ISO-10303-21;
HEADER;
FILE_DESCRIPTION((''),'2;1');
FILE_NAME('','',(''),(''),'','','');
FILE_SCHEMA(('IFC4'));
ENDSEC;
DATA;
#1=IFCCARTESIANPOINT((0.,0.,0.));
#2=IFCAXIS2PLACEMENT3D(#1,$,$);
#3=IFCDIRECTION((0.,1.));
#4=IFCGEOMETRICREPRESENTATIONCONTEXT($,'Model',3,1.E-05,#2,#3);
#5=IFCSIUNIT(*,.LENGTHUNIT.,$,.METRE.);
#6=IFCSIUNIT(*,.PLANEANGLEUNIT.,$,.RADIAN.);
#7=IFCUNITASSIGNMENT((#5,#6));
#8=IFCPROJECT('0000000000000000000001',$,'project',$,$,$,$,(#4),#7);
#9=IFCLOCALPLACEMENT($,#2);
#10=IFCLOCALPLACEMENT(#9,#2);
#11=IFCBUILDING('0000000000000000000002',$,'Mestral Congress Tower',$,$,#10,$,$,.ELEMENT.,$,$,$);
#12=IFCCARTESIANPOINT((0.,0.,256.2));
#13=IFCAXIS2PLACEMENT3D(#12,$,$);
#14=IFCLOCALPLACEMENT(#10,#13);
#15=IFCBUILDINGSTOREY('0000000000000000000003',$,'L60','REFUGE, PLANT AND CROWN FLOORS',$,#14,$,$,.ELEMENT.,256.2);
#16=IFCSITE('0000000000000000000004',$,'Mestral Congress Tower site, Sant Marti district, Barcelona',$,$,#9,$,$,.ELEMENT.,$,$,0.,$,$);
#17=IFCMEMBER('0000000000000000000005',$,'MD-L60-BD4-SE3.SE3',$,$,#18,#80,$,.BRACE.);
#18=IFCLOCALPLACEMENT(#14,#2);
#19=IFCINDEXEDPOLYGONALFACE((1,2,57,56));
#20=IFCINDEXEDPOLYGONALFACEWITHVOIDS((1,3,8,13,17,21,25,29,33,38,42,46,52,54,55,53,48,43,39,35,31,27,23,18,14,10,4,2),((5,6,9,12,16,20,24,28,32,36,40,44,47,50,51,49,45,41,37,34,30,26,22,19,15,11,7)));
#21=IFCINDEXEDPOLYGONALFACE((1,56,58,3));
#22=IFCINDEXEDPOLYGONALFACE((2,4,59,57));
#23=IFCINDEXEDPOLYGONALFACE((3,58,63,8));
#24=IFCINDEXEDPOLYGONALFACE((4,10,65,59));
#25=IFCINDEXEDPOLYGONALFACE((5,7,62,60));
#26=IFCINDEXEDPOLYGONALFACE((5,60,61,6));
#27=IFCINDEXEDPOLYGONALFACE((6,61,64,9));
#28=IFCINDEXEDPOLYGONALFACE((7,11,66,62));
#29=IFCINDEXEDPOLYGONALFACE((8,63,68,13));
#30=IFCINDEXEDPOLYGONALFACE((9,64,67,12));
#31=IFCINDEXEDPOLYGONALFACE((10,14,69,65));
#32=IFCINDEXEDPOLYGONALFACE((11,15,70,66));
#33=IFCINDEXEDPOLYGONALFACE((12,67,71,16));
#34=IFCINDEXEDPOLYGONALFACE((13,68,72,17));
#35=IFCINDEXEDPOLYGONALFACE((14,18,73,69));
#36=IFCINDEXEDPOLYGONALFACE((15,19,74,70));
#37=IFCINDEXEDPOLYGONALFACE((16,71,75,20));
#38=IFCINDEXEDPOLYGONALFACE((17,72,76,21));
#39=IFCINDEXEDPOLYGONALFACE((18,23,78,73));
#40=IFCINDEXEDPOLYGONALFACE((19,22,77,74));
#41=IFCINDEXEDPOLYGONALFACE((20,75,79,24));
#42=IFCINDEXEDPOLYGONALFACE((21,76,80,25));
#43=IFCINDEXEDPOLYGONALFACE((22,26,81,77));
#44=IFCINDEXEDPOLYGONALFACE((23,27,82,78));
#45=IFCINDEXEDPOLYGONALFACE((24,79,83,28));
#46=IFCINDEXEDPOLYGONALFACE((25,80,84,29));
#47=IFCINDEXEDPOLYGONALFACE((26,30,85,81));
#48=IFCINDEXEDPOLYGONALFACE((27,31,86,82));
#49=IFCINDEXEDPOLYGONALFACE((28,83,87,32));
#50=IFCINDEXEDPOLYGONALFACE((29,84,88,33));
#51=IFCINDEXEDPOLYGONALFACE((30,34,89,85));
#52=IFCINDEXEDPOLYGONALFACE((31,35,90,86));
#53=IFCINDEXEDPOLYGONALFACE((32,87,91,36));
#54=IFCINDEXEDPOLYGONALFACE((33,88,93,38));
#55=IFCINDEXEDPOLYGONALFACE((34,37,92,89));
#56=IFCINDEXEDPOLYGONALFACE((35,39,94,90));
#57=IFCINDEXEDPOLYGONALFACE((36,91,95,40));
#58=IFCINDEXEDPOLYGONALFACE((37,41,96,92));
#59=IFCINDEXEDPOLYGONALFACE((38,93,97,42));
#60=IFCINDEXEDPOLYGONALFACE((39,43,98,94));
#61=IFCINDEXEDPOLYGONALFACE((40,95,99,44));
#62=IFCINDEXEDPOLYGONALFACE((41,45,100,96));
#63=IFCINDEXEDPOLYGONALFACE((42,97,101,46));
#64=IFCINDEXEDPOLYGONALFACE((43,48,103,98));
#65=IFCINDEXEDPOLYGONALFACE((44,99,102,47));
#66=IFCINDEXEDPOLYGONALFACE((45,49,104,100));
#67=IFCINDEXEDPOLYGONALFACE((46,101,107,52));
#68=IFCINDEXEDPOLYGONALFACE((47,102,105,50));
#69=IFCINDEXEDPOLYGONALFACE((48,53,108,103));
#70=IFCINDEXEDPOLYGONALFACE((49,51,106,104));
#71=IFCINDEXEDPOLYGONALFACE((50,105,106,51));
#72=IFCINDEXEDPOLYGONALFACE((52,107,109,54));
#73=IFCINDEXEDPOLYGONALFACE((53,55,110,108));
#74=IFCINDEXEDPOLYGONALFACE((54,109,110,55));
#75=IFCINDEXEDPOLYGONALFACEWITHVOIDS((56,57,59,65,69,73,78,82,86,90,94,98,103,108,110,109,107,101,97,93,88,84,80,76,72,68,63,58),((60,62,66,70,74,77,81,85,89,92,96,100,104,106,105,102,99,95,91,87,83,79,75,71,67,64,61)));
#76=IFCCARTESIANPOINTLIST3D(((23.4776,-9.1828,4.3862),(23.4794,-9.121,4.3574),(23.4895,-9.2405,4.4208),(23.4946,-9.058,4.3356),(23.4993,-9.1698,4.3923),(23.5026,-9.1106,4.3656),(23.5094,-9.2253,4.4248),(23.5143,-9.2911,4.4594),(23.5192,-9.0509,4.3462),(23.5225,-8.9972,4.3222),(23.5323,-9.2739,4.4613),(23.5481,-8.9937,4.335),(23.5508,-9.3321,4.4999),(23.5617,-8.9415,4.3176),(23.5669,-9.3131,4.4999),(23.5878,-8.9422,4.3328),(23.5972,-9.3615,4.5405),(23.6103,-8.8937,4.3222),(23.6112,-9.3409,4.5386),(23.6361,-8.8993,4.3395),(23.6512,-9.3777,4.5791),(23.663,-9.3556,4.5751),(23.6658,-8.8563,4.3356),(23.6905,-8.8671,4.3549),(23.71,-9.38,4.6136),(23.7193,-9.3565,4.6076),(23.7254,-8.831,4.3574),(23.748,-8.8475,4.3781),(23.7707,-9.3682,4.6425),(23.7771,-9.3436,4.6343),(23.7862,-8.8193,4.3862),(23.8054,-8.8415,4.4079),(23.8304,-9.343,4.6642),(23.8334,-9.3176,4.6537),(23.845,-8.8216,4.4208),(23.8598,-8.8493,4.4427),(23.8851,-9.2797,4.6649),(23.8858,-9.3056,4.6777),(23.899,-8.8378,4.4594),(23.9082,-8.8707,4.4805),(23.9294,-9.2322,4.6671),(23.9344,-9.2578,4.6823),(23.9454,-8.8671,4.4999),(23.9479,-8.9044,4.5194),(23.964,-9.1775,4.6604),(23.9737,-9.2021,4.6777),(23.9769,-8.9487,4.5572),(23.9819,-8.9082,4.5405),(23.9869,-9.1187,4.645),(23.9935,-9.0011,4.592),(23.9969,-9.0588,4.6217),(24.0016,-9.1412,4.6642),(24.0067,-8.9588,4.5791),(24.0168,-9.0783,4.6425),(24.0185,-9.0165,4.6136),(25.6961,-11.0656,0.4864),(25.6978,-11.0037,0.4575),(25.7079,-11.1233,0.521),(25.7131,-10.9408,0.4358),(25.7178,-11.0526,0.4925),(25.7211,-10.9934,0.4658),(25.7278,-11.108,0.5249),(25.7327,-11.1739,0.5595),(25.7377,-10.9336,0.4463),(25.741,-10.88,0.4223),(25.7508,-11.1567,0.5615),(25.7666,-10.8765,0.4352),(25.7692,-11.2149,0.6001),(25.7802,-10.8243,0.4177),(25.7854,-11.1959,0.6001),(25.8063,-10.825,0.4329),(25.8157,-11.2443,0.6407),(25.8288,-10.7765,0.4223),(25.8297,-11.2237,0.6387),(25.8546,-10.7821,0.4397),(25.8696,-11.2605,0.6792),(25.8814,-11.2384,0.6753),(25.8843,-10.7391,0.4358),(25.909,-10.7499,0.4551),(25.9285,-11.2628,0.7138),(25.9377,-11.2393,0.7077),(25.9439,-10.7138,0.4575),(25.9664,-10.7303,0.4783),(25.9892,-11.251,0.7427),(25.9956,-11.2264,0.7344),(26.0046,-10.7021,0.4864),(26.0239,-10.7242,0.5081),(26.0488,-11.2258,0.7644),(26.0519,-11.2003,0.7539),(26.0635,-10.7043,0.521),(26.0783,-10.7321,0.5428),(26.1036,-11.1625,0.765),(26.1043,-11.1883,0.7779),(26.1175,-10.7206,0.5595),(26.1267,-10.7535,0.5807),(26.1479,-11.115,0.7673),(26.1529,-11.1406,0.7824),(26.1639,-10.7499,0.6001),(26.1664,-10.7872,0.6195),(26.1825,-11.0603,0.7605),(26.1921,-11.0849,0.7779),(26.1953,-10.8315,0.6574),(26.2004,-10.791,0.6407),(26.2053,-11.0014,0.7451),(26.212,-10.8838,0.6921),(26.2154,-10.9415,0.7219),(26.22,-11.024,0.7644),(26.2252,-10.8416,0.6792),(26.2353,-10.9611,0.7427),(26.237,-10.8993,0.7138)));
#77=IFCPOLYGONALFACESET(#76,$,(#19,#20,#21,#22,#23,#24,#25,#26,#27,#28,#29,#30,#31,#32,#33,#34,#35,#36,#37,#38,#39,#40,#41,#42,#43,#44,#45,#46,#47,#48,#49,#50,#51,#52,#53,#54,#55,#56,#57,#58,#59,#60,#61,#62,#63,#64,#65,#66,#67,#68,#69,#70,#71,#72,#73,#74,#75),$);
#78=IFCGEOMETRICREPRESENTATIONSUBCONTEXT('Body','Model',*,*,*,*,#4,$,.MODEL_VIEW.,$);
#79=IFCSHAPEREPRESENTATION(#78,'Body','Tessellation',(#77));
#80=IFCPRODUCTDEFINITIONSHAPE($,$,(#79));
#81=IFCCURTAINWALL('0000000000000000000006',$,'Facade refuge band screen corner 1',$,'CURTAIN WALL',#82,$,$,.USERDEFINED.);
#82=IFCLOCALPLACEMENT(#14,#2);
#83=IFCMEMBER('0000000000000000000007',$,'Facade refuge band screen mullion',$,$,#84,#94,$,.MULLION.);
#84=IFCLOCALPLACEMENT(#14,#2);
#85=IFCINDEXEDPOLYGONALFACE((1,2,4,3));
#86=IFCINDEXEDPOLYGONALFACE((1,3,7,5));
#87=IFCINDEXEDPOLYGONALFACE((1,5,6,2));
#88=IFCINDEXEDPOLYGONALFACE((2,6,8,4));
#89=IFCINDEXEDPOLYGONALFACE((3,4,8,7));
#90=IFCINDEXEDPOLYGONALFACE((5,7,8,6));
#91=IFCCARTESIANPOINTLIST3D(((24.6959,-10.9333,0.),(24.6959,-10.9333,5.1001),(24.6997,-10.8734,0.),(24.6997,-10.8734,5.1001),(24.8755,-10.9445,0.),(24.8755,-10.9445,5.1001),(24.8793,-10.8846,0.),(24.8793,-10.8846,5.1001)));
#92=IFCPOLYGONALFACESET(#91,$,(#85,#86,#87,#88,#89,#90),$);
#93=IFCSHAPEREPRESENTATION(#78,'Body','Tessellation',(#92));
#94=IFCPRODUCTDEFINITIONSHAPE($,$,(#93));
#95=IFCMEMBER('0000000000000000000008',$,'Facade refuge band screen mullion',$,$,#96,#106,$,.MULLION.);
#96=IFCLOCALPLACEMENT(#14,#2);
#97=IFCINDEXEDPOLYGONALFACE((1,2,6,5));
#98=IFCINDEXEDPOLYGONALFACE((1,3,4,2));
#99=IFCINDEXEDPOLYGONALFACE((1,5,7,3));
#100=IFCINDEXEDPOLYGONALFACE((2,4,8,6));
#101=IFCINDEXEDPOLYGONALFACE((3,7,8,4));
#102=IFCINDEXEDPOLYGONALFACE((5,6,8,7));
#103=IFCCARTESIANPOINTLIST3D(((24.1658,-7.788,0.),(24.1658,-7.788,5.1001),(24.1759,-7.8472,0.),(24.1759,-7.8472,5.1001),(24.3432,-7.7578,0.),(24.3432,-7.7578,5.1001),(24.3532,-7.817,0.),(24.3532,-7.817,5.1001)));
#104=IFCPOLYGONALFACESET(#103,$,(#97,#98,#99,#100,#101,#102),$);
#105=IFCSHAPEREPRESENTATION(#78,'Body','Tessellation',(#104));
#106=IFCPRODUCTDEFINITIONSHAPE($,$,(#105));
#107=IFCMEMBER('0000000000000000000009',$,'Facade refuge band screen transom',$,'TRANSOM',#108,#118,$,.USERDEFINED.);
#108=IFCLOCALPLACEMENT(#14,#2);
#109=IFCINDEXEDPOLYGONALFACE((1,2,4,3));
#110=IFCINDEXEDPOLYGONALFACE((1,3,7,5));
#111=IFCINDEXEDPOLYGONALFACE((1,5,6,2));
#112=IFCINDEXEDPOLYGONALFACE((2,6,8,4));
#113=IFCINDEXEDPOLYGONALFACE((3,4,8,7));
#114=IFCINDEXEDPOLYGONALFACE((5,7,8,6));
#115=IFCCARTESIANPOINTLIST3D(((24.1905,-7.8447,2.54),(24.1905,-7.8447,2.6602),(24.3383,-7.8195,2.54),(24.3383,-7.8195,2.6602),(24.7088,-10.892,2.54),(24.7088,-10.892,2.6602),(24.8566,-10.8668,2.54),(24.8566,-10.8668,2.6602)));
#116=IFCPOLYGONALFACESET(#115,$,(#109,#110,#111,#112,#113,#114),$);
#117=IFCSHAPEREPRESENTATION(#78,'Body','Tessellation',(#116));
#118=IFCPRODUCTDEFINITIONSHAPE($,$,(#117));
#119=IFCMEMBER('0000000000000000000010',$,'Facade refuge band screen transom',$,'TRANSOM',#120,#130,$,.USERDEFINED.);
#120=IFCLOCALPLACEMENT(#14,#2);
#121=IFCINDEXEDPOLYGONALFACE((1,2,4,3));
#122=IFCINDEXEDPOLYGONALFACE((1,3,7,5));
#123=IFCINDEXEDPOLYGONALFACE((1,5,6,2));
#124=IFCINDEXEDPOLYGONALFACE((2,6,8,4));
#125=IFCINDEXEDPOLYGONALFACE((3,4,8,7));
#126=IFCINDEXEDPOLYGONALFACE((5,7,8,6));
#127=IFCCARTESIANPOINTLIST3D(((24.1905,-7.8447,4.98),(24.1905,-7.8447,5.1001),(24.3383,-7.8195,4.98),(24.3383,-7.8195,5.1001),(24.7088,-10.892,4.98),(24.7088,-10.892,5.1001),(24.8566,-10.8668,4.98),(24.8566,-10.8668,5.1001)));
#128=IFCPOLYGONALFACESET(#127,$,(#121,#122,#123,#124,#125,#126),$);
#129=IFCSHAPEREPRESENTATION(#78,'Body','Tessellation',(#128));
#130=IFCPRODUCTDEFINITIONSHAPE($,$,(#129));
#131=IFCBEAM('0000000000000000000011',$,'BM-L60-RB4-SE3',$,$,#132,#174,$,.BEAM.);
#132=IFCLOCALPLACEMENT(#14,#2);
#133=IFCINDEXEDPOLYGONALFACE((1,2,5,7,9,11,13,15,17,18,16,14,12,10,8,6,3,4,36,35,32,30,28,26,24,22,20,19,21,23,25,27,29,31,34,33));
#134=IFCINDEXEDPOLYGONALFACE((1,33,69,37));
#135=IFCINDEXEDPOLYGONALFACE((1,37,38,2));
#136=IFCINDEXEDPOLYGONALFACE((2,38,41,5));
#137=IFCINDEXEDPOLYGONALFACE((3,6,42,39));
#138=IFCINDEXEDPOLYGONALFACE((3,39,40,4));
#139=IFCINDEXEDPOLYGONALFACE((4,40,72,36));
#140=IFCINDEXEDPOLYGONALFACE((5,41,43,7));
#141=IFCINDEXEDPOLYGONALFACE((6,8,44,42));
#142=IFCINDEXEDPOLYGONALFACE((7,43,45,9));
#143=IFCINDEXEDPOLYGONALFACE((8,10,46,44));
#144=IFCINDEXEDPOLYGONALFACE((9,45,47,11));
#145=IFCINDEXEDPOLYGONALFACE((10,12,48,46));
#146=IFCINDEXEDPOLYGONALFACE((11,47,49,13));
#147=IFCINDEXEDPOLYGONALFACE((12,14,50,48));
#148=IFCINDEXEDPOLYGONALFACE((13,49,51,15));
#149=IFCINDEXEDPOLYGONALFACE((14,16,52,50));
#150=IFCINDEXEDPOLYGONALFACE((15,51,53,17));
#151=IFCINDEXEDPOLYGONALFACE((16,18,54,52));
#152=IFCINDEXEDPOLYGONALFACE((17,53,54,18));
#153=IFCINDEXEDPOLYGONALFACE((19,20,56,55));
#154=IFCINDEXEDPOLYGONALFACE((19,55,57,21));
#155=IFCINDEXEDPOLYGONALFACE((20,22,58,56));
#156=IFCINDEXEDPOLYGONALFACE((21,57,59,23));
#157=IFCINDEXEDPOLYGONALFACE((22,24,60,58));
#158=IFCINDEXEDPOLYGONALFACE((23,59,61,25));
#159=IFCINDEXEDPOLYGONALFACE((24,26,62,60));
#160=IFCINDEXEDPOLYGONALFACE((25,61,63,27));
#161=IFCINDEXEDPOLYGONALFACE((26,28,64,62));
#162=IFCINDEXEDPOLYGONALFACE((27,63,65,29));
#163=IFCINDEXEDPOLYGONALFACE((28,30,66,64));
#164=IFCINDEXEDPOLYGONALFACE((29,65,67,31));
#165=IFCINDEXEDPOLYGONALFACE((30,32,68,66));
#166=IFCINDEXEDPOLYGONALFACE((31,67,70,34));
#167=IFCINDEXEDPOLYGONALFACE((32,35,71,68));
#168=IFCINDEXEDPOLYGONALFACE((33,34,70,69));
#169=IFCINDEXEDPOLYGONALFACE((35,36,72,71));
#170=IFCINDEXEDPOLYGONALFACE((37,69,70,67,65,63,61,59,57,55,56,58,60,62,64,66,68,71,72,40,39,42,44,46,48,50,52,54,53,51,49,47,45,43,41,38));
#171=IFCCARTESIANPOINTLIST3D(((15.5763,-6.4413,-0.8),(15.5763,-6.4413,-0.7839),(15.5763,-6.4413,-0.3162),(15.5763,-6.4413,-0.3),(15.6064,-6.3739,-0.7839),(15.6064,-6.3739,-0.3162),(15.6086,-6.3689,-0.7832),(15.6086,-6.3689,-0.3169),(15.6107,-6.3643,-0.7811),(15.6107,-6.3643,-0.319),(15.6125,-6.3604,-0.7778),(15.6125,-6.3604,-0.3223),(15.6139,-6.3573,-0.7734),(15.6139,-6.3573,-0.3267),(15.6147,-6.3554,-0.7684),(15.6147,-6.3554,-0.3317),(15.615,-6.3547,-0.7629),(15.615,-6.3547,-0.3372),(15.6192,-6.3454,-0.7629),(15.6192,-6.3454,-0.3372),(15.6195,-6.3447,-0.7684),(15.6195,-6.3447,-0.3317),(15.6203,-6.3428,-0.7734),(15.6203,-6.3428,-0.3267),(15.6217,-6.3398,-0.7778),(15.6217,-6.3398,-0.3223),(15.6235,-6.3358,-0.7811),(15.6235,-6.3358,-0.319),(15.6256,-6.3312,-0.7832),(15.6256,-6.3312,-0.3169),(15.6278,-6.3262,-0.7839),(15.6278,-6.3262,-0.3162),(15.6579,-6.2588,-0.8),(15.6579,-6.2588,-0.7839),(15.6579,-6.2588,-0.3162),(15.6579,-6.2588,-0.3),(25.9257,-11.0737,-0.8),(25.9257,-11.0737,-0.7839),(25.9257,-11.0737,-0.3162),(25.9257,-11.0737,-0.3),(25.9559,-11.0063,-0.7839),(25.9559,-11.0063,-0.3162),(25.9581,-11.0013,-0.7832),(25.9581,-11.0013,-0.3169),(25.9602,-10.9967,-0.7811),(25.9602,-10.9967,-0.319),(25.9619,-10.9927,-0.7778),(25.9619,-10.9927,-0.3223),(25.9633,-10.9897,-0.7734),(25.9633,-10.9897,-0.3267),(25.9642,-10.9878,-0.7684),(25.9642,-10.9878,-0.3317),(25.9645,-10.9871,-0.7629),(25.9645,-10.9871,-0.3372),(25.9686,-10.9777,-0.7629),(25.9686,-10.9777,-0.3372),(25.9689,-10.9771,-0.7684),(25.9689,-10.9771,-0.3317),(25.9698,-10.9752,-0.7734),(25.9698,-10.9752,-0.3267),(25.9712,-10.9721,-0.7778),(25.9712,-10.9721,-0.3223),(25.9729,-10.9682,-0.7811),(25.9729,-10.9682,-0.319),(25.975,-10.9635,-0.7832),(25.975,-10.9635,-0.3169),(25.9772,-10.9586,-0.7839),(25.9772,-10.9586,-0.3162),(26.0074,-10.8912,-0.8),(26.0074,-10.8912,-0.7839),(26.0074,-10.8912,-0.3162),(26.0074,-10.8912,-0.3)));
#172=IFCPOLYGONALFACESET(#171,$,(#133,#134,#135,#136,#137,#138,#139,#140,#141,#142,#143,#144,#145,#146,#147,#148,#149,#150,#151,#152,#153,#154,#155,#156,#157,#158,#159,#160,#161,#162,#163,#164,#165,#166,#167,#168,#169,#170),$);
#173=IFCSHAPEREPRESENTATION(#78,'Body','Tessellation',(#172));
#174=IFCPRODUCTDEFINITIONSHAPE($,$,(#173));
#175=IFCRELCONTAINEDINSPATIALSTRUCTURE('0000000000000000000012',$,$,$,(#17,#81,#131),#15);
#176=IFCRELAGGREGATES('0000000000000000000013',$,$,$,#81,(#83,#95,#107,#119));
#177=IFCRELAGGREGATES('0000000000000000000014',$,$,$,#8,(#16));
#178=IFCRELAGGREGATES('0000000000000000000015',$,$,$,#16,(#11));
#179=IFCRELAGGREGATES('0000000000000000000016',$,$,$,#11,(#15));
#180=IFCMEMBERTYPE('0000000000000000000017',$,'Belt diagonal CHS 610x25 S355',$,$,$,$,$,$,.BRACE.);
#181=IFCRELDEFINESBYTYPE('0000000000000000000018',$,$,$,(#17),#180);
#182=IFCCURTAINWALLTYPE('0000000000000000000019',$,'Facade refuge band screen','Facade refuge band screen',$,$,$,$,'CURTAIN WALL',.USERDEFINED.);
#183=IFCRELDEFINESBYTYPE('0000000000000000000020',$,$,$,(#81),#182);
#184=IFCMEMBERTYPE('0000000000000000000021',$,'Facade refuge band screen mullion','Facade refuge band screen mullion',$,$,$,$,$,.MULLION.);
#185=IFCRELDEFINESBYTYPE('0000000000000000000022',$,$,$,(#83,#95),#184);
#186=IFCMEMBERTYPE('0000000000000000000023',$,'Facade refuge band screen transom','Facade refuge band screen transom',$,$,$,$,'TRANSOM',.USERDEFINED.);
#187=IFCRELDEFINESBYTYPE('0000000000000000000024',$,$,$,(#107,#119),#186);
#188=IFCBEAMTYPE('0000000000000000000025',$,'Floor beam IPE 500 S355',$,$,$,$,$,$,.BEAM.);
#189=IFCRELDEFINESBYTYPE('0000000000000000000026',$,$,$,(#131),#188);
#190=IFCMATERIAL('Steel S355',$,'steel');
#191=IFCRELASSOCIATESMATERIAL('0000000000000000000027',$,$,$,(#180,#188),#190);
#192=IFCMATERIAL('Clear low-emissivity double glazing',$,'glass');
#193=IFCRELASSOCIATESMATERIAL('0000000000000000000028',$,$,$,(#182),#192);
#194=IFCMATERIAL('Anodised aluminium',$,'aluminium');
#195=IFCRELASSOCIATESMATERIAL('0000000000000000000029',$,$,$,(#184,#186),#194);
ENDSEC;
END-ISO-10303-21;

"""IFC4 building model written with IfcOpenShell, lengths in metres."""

from ifc_helpers import new_model, si_unit, direction, frame, origin, origin_2d, place, context, subcontext, project, spatial, rectangle, hollow_circle, i_section, extrude, material, material_profile, profile_set, type_object, element, aggregate, save


model = new_model("IFC4")

# Units and contexts
model_context = context("Model", 3, precision=1e-05, world=origin(), true_north=direction((0.0, 1.0)))
body_context = subcontext(model_context, "Body", "Model", "MODEL_VIEW")
ifc_project = project(units=[si_unit("LENGTHUNIT", "METRE"), si_unit("PLANEANGLEUNIT", "RADIAN")], contexts=[model_context])

# Site, building, storey
site_placement = place(None, origin())
site = spatial("IfcSite", under=ifc_project, at=site_placement, Name="Mestral Congress Tower site, Sant Marti district, Barcelona", CompositionType="ELEMENT", RefElevation=0.0)
building_placement = place(site_placement, origin())
building = spatial("IfcBuilding", under=site, at=building_placement, Name="Mestral Congress Tower", CompositionType="ELEMENT")
storey_placement = place(building_placement, frame((0.0, 0.0, 256.2)))
storey = spatial("IfcBuildingStorey", under=building, at=storey_placement, Name="L60", Description="REFUGE, PLANT AND CROWN FLOORS", CompositionType="ELEMENT", Elevation=256.2)

# Member
ifc_material_1 = material(Name="Steel S355", Category="steel")
ifc_material_profile_1 = material_profile(ifc_material_1, hollow_circle(Radius=0.3049, WallThickness=0.0249, at=origin_2d()), Name="CHS 610x25")
ifc_profile_set_1 = profile_set([ifc_material_profile_1], Name="Steel S355")
member_type_1 = type_object("IfcMemberType", Name="Belt diagonal CHS 610x25 S355", PredefinedType="BRACE", material=ifc_profile_set_1)
member_1_placement = place(storey_placement, frame((25.9666, -10.9824, 0.6001), z_axis=(-0.455939, 0.386948, 0.801493), x_axis=(-0.647066, -0.762434, 0.0)))
element("IfcMember", 1, at=member_1_placement, inside=storey, type_object=member_type_1, Name="MD-L60-BD4-SE3.SE3", PredefinedType="BRACE", context=body_context, shape_type="SweptSolid", body=[
    extrude(hollow_circle(Radius=0.3049, WallThickness=0.0249, at=origin_2d()), origin(), (0.0, 0.0, 1.0), 4.8657),
])

# Curtain wall, members
ifc_material_2 = material(Name="Clear low-emissivity double glazing", Category="glass")
curtain_wall_type = type_object("IfcCurtainWallType", Name="Facade refuge band screen", Description="Facade refuge band screen", ElementType="CURTAIN WALL", PredefinedType="USERDEFINED", material=ifc_material_2)
placement = place(storey_placement, origin())
curtain_wall_1 = element("IfcCurtainWall", 2, at=placement, inside=storey, type_object=curtain_wall_type, Name="Facade refuge band screen corner 1", ObjectType="CURTAIN WALL", PredefinedType="USERDEFINED")
ifc_material_3 = material(Name="Anodised aluminium", Category="aluminium")
ifc_material_profile_2 = material_profile(ifc_material_3, rectangle(XDim=0.1799, YDim=0.0601, at=origin_2d()), Name="CW3 mullion 180 x 60")
ifc_profile_set_2 = profile_set([ifc_material_profile_2], Name="Anodised aluminium")
member_type_2 = type_object("IfcMemberType", Name="Facade refuge band screen mullion", Description="Facade refuge band screen mullion", PredefinedType="MULLION", material=ifc_profile_set_2)
member_2_placement = place(storey_placement, frame((24.7876, -10.9089, 0.0), z_axis=(0.0, 0.0, 1.0), x_axis=(0.998063, -0.062217, 0.0)))
member_2 = element("IfcMember", 3, at=member_2_placement, type_object=member_type_2, Name="Facade refuge band screen mullion", PredefinedType="MULLION", context=body_context, shape_type="SweptSolid", body=[
    extrude(rectangle(XDim=0.1799, YDim=0.0601, at=origin_2d()), origin(), (0.0, 0.0, 1.0), 5.1001),
])
member_3_placement = place(storey_placement, frame((24.2595, -7.8025, 0.0), z_axis=(0.0, 0.0, 1.0), x_axis=(0.985852, 0.167619, 0.0)))
member_3 = element("IfcMember", 4, at=member_3_placement, type_object=member_type_2, Name="Facade refuge band screen mullion", PredefinedType="MULLION", context=body_context, shape_type="SweptSolid", body=[
    extrude(rectangle(XDim=0.1799, YDim=0.0601, at=origin_2d()), origin(), (0.0, 0.0, 1.0), 5.1001),
])
ifc_material_profile_3 = material_profile(ifc_material_3, rectangle(XDim=0.1499, YDim=0.1201, at=origin_2d()), Name="CW3 transom 150 x 120")
ifc_profile_set_3 = profile_set([ifc_material_profile_3], Name="Anodised aluminium")
member_type_3 = type_object("IfcMemberType", Name="Facade refuge band screen transom", Description="Facade refuge band screen transom", ElementType="TRANSOM", PredefinedType="USERDEFINED", material=ifc_profile_set_3)
member_4_placement = place(storey_placement, frame((24.7827, -10.8794, 2.6001), z_axis=(-0.167677, 0.985842, 0.0), x_axis=(-0.985842, -0.167677, 0.0)))
member_4 = element("IfcMember", 5, at=member_4_placement, type_object=member_type_3, Name="Facade refuge band screen transom", ObjectType="TRANSOM", PredefinedType="USERDEFINED", context=body_context, shape_type="SweptSolid", body=[
    extrude(rectangle(XDim=0.1499, YDim=0.1201, at=origin_2d()), origin(), (0.0, 0.0, 1.0), 3.0911),
])
member_5_placement = place(storey_placement, frame((24.7827, -10.8794, 5.04), z_axis=(-0.167677, 0.985842, 0.0), x_axis=(-0.985842, -0.167677, 0.0)))
member_5 = element("IfcMember", 6, at=member_5_placement, type_object=member_type_3, Name="Facade refuge band screen transom", ObjectType="TRANSOM", PredefinedType="USERDEFINED", context=body_context, shape_type="SweptSolid", body=[
    extrude(rectangle(XDim=0.1499, YDim=0.1201, at=origin_2d()), origin(), (0.0, 0.0, 1.0), 3.0911),
])

# Beam
ifc_material_profile_4 = material_profile(ifc_material_1, i_section(OverallWidth=0.2, OverallDepth=0.5, WebThickness=0.0103, FlangeThickness=0.0161, FilletRadius=0.021, at=origin_2d()), Name="IPE 500")
ifc_profile_set_4 = profile_set([ifc_material_profile_4], Name="Steel S355")
beam_type_1 = type_object("IfcBeamType", Name="Floor beam IPE 500 S355", PredefinedType="BEAM", material=ifc_profile_set_4)
beam_1_placement = place(storey_placement, frame((25.9666, -10.9824, -0.55), z_axis=(-0.912741, 0.408538, 0.0), x_axis=(-0.408538, -0.912741, 0.0)))
element("IfcBeam", 7, at=beam_1_placement, inside=storey, type_object=beam_type_1, Name="BM-L60-RB4-SE3", PredefinedType="BEAM", context=body_context, shape_type="SweptSolid", body=[
    extrude(i_section(OverallWidth=0.2, OverallDepth=0.5, WebThickness=0.0103, FlangeThickness=0.0161, FilletRadius=0.021, at=origin_2d()), origin(), (0.0, 0.0, 1.0), 11.3389),
])

aggregate(curtain_wall_1, [member_2, member_3, member_4, member_5])

save(model, "model.ifc")
